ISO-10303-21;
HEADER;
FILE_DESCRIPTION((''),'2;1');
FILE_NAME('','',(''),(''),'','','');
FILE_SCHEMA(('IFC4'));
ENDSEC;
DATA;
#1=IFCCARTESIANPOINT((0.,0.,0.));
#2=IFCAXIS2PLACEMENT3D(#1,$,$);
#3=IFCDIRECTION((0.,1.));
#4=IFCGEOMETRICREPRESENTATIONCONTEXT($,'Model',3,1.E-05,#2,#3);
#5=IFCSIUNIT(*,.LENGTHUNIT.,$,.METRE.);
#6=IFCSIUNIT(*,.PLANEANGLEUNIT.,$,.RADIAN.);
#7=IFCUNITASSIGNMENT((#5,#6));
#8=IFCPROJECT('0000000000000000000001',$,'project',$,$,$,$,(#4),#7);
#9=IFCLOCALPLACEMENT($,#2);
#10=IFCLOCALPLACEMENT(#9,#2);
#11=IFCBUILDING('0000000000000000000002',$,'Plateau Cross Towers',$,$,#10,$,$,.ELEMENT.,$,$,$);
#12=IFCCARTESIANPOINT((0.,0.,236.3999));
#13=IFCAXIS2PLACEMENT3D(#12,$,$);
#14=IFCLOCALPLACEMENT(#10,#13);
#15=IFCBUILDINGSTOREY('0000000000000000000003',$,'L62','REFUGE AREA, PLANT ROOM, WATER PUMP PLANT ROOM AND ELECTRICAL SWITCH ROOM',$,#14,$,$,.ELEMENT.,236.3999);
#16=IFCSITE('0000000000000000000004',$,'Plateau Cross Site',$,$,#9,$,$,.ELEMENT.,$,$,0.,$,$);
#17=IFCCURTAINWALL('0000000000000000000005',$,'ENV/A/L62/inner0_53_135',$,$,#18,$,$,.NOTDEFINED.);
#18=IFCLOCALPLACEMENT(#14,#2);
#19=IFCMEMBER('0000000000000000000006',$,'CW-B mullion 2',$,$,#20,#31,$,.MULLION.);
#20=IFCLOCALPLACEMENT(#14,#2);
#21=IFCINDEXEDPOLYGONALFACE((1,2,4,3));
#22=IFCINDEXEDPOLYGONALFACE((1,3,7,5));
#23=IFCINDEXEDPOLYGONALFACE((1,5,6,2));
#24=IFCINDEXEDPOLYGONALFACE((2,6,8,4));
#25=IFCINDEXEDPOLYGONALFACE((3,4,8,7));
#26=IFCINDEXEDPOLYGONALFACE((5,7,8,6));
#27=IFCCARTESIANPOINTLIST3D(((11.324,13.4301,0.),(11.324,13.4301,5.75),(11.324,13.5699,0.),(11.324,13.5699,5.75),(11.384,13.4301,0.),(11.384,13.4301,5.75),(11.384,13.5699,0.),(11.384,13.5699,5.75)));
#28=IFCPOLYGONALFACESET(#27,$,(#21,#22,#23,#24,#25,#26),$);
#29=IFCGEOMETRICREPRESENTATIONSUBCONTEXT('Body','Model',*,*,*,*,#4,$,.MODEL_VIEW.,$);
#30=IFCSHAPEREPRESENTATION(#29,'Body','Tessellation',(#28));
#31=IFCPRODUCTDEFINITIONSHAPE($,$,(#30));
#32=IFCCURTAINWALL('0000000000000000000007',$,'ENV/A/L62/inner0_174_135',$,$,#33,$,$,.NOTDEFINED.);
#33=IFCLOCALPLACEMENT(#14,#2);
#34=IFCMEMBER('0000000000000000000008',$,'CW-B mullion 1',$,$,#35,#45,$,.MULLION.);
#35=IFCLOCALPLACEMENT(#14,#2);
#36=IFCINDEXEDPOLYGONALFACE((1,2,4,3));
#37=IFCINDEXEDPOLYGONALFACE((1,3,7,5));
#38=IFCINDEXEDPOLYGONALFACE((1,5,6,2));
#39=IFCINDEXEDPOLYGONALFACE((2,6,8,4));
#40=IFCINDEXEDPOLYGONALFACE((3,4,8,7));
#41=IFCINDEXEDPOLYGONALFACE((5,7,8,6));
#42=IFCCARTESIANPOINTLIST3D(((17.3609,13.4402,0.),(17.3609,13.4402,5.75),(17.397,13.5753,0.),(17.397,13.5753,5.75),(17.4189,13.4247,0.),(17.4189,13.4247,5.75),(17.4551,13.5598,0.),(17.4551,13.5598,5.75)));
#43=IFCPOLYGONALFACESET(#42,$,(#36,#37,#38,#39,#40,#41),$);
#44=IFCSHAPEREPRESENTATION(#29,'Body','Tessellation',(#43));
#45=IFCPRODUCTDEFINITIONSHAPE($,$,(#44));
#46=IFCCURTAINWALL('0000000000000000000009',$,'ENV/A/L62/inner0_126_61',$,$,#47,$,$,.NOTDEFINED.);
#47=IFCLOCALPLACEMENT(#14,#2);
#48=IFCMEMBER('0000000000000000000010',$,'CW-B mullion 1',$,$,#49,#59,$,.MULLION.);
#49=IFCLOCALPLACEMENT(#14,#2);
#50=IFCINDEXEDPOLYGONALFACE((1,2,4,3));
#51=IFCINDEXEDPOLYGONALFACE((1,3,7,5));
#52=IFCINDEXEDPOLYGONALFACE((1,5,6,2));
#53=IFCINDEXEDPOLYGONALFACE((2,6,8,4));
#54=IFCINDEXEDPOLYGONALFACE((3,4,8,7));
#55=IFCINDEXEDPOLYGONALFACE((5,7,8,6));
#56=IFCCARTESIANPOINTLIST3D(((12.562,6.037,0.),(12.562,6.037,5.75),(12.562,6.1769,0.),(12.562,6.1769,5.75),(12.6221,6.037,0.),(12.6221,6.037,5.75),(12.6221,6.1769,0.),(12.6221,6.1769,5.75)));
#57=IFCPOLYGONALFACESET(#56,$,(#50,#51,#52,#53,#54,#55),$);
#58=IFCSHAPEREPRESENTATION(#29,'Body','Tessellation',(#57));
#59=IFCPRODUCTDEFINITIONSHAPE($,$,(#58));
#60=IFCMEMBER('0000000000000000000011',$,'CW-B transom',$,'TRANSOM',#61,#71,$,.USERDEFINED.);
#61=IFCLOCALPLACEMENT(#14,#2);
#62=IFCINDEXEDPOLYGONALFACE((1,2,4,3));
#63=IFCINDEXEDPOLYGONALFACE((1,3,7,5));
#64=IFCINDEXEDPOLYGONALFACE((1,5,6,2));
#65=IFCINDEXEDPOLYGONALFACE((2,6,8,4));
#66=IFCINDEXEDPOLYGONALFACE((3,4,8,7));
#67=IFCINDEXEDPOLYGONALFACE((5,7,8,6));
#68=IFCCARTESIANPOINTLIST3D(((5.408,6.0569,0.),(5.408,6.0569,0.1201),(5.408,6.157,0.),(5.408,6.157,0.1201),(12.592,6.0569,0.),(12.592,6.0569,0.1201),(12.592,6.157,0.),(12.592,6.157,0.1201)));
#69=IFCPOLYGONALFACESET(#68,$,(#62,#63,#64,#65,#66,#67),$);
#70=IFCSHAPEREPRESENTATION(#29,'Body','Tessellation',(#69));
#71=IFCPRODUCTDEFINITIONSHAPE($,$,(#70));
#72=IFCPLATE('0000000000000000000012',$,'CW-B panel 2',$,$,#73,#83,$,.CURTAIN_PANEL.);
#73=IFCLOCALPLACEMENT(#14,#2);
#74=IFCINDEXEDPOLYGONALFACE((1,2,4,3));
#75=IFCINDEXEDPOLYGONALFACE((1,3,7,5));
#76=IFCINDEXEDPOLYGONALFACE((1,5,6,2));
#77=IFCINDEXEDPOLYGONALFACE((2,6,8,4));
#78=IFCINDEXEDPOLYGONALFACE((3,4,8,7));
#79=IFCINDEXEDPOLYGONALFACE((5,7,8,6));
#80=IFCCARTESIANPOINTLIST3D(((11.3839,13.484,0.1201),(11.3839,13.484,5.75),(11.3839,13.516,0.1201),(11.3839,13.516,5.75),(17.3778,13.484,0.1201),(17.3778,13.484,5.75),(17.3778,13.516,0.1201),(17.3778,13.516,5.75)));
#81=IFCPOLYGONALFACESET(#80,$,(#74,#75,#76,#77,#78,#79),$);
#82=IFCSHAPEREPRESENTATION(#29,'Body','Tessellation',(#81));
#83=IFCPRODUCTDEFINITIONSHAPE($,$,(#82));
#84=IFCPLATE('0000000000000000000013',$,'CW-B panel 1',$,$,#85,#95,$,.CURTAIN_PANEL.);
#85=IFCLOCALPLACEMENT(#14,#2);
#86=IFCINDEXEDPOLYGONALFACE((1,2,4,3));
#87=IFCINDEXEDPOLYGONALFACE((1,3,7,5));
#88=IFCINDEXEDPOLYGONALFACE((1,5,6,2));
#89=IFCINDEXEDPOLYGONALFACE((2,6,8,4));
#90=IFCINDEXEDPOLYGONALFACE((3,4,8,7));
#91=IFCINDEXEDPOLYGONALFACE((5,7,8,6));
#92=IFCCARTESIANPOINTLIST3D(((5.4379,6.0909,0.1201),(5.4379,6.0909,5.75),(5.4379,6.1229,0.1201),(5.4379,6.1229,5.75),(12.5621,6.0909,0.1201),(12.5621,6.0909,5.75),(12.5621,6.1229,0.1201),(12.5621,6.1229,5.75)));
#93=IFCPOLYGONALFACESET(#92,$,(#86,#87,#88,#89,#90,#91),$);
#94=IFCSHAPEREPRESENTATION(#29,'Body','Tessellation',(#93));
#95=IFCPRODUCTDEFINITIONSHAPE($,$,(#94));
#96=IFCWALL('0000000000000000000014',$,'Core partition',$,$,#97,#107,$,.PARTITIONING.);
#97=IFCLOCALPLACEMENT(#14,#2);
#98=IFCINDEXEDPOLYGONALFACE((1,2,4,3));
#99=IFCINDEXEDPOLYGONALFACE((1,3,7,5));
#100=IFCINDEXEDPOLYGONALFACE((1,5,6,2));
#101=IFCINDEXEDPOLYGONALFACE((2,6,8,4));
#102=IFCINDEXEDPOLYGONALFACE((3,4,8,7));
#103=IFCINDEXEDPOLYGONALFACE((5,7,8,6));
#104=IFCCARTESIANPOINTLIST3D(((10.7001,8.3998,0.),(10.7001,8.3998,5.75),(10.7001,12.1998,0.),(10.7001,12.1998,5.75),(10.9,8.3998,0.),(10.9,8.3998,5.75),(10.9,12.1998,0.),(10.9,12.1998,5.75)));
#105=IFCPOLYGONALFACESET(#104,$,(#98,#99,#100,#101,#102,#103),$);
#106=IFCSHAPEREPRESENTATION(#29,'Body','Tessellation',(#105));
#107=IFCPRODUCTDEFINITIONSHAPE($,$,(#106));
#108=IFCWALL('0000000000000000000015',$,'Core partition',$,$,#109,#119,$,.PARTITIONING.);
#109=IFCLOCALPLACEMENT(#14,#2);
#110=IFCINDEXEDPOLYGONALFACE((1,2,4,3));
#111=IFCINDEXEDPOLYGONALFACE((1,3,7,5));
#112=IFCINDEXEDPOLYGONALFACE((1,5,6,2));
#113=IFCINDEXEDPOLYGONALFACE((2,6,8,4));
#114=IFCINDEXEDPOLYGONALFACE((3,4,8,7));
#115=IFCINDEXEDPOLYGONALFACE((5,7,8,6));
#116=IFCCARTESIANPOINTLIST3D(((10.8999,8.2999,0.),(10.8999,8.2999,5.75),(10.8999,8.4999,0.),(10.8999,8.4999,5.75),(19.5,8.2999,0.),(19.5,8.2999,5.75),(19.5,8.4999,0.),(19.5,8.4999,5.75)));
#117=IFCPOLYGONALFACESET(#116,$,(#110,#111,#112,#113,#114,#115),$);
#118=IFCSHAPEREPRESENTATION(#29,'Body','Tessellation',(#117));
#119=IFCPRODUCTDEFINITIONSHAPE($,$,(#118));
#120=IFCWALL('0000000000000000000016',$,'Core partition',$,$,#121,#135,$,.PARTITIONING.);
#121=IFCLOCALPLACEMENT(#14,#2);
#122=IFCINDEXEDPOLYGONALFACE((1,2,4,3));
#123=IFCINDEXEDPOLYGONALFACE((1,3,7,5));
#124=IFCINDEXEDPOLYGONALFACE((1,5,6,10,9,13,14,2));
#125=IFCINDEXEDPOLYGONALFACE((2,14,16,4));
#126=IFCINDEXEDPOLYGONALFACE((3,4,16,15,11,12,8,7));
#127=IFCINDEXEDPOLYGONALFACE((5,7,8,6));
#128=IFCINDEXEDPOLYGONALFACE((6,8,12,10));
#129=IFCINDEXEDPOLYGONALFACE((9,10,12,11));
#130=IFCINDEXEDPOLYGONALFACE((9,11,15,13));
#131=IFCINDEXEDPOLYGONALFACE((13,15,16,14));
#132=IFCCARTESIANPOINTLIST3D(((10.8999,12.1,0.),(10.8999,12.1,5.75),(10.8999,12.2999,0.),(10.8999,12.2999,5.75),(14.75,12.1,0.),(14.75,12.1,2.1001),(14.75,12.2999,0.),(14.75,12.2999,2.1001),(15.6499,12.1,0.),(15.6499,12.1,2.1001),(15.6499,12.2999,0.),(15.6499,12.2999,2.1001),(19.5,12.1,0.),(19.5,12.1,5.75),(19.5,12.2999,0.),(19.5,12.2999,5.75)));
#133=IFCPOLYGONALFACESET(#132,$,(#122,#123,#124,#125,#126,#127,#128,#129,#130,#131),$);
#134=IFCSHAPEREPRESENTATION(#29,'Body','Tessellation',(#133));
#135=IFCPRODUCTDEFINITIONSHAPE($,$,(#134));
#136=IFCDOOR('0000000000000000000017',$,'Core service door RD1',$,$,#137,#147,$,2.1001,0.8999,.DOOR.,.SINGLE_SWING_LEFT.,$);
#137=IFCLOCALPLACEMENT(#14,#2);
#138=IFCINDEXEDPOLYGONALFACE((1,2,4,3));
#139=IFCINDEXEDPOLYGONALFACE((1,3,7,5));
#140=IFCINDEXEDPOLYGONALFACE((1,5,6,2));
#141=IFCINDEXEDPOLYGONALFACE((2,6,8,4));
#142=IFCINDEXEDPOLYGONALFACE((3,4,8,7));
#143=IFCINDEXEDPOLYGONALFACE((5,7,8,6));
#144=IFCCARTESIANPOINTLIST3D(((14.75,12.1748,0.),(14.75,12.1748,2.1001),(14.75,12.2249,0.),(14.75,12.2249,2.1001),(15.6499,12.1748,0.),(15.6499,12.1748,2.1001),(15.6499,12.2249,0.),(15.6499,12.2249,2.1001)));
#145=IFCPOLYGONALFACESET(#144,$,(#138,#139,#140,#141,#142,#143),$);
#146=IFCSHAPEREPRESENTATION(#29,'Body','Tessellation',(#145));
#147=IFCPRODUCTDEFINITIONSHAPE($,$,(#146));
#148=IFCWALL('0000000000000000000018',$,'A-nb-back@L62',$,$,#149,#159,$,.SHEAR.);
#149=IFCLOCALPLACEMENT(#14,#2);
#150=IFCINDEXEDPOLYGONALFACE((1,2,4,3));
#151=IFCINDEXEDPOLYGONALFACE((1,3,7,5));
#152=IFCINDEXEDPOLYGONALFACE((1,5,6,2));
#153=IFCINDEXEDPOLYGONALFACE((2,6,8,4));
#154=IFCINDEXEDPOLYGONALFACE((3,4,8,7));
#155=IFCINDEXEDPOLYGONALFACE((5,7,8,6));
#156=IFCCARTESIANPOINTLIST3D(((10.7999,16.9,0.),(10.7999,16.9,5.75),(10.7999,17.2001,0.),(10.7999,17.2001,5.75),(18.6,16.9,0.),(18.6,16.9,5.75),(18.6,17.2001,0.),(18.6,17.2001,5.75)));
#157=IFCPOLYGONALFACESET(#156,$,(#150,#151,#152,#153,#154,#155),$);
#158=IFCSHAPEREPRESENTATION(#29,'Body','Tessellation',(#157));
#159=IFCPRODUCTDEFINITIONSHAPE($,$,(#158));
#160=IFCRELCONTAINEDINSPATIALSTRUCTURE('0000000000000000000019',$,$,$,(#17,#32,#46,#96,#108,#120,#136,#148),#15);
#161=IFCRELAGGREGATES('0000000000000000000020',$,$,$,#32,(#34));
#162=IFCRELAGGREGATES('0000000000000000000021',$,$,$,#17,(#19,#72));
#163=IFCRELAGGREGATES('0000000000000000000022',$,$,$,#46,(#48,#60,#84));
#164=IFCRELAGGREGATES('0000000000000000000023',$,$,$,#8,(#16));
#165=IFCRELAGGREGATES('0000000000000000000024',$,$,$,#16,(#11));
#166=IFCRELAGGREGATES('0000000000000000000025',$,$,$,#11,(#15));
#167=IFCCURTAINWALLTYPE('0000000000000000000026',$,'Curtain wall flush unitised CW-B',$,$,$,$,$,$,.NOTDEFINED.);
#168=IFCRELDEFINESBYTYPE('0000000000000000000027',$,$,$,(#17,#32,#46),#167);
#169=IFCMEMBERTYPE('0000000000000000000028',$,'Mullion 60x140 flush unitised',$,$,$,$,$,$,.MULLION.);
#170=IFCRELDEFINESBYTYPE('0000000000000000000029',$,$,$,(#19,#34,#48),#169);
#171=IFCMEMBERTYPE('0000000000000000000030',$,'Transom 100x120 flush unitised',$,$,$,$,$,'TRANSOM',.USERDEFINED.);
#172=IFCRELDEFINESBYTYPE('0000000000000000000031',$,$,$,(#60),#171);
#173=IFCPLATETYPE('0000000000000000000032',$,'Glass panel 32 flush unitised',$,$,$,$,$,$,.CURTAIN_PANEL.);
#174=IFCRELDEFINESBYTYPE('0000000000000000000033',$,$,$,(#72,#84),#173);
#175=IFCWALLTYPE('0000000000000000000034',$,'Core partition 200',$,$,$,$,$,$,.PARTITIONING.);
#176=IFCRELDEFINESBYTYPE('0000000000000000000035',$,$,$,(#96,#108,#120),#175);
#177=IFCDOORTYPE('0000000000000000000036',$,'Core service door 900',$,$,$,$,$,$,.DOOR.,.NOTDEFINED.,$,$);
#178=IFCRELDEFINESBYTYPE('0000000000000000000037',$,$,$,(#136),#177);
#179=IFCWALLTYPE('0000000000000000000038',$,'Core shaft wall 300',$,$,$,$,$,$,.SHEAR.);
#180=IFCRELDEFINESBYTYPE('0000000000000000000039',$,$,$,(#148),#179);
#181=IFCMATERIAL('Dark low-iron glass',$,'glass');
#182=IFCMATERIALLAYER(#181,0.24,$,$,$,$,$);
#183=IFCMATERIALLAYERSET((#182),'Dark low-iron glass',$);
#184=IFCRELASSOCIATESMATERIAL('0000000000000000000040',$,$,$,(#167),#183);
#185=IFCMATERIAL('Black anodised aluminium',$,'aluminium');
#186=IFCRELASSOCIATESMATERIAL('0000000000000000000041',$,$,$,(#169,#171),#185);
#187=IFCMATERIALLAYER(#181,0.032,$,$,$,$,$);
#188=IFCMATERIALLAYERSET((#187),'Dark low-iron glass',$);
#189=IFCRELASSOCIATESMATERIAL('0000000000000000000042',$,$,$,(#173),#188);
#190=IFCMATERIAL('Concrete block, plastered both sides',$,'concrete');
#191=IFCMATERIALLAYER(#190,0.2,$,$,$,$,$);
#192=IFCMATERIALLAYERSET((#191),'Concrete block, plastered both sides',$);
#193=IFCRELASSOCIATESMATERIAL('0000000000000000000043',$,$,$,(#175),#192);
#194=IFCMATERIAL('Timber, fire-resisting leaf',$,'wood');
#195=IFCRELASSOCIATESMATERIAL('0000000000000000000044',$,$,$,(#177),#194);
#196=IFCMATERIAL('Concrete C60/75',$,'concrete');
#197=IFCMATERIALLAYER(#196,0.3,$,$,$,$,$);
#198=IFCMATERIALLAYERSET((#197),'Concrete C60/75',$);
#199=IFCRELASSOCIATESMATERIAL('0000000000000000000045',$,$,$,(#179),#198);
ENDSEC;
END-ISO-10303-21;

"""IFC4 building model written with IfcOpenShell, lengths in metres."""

from ifc_helpers import new_model, si_unit, direction, frame, frame_2d, origin, origin_2d, place, context, subcontext, project, spatial, rectangle, extrude, material, layer, layer_set, material_profile, profile_set, type_object, element, fill, aggregate, save


model = new_model("IFC4")

# Units and contexts
model_context = context("Model", 3, precision=1e-05, world=origin(), true_north=direction((0.0, 1.0)))
body_context = subcontext(model_context, "Body", "Model", "MODEL_VIEW")
ifc_project = project(units=[si_unit("LENGTHUNIT", "METRE"), si_unit("PLANEANGLEUNIT", "RADIAN")], contexts=[model_context])

# Site, building, storey
site_placement = place(None, origin())
site = spatial("IfcSite", under=ifc_project, at=site_placement, Name="Plateau Cross Site", CompositionType="ELEMENT", RefElevation=0.0)
building_placement = place(site_placement, origin())
building = spatial("IfcBuilding", under=site, at=building_placement, Name="Plateau Cross Towers", CompositionType="ELEMENT")
storey_placement = place(building_placement, frame((0.0, 0.0, 236.3999)))
storey = spatial("IfcBuildingStorey", under=building, at=storey_placement, Name="L62", Description="REFUGE AREA, PLANT ROOM, WATER PUMP PLANT ROOM AND ELECTRICAL SWITCH ROOM", CompositionType="ELEMENT", Elevation=236.3999)

# Curtain walls, members
ifc_material_1 = material(Name="Dark low-iron glass", Category="glass")
ifc_layer_1 = layer(ifc_material_1, 0.24)
ifc_layer_set_1 = layer_set([ifc_layer_1], Name="Dark low-iron glass")
curtain_wall_type = type_object("IfcCurtainWallType", Name="Curtain wall flush unitised CW-B", PredefinedType="NOTDEFINED", material=ifc_layer_set_1)
curtain_wall_1_placement = place(storey_placement, origin())
curtain_wall_1 = element("IfcCurtainWall", 1, at=curtain_wall_1_placement, inside=storey, type_object=curtain_wall_type, Name="ENV/A/L62/inner0_53_135", PredefinedType="NOTDEFINED")
ifc_material_2 = material(Name="Black anodised aluminium", Category="aluminium")
ifc_material_profile_1 = material_profile(ifc_material_2, rectangle(XDim=0.0601, YDim=0.1399, at=origin_2d()), Name="MULLION 60x140")
ifc_profile_set_1 = profile_set([ifc_material_profile_1], Name="Black anodised aluminium")
member_type_1 = type_object("IfcMemberType", Name="Mullion 60x140 flush unitised", PredefinedType="MULLION", material=ifc_profile_set_1)
member_1_placement = place(storey_placement, frame((11.354, 13.5, 0.0), z_axis=(0.0, 0.0, 1.0), x_axis=(1.0, 0.0, 0.0)))
member_1 = element("IfcMember", 2, at=member_1_placement, type_object=member_type_1, Name="CW-B mullion 2", PredefinedType="MULLION", context=body_context, shape_type="SweptSolid", body=[
    extrude(rectangle(XDim=0.0601, YDim=0.1399, at=origin_2d()), origin(), (0.0, 0.0, 1.0), 5.75),
])
curtain_wall_2_placement = place(storey_placement, origin())
curtain_wall_2 = element("IfcCurtainWall", 3, at=curtain_wall_2_placement, inside=storey, type_object=curtain_wall_type, Name="ENV/A/L62/inner0_174_135", PredefinedType="NOTDEFINED")
member_2_placement = place(storey_placement, frame((17.408, 13.5, 0.0), z_axis=(0.0, 0.0, 1.0), x_axis=(0.965958, -0.258699, 0.0)))
member_2 = element("IfcMember", 4, at=member_2_placement, type_object=member_type_1, Name="CW-B mullion 1", PredefinedType="MULLION", context=body_context, shape_type="SweptSolid", body=[
    extrude(rectangle(XDim=0.0601, YDim=0.1399, at=origin_2d()), origin(), (0.0, 0.0, 1.0), 5.75),
])
aggregate(curtain_wall_2, [member_2])

# Curtain wall, members
curtain_wall_3_placement = place(storey_placement, origin())
curtain_wall_3 = element("IfcCurtainWall", 5, at=curtain_wall_3_placement, inside=storey, type_object=curtain_wall_type, Name="ENV/A/L62/inner0_126_61", PredefinedType="NOTDEFINED")
member_3_placement = place(storey_placement, frame((12.592, 6.1069, 0.0), z_axis=(0.0, 0.0, 1.0), x_axis=(-1.0, 0.0, 0.0)))
member_3 = element("IfcMember", 6, at=member_3_placement, type_object=member_type_1, Name="CW-B mullion 1", PredefinedType="MULLION", context=body_context, shape_type="SweptSolid", body=[
    extrude(rectangle(XDim=0.0601, YDim=0.1399, at=origin_2d()), origin(), (0.0, 0.0, 1.0), 5.75),
])
ifc_material_profile_2 = material_profile(ifc_material_2, rectangle(XDim=0.1001, YDim=0.1201, at=origin_2d()), Name="TRANSOM 100x120")
ifc_profile_set_2 = profile_set([ifc_material_profile_2], Name="Black anodised aluminium")
member_type_2 = type_object("IfcMemberType", Name="Transom 100x120 flush unitised", ElementType="TRANSOM", PredefinedType="USERDEFINED", material=ifc_profile_set_2)
member_4_placement = place(storey_placement, frame((12.592, 6.1069, 0.0601), z_axis=(-1.0, 0.0, 0.0), x_axis=(0.0, -1.0, 0.0)))
member_4 = element("IfcMember", 7, at=member_4_placement, type_object=member_type_2, Name="CW-B transom", ObjectType="TRANSOM", PredefinedType="USERDEFINED", context=body_context, shape_type="SweptSolid", body=[
    extrude(rectangle(XDim=0.1001, YDim=0.1201, at=origin_2d()), origin(), (0.0, 0.0, 1.0), 7.1841),
])

# Plates
ifc_layer_2 = layer(ifc_material_1, 0.032)
ifc_layer_set_2 = layer_set([ifc_layer_2], Name="Dark low-iron glass")
plate_type = type_object("IfcPlateType", Name="Glass panel 32 flush unitised", PredefinedType="CURTAIN_PANEL", material=ifc_layer_set_2)
plate_1_placement = place(storey_placement, frame((14.3809, 13.5, 0.1201), z_axis=(0.0, 0.0, 1.0), x_axis=(1.0, 0.0, 0.0)))
plate_1 = element("IfcPlate", 8, at=plate_1_placement, type_object=plate_type, Name="CW-B panel 2", PredefinedType="CURTAIN_PANEL", context=body_context, shape_type="SweptSolid", body=[
    extrude(rectangle(XDim=5.9939, YDim=0.032, at=origin_2d()), origin(), (0.0, 0.0, 1.0), 5.6299),
])
aggregate(curtain_wall_1, [member_1, plate_1])
plate_2_placement = place(storey_placement, frame((9.0, 6.1069, 0.1201), z_axis=(0.0, 0.0, 1.0), x_axis=(-1.0, 0.0, 0.0)))
plate_2 = element("IfcPlate", 9, at=plate_2_placement, type_object=plate_type, Name="CW-B panel 1", PredefinedType="CURTAIN_PANEL", context=body_context, shape_type="SweptSolid", body=[
    extrude(rectangle(XDim=7.1243, YDim=0.032, at=origin_2d()), origin(), (0.0, 0.0, 1.0), 5.6299),
])
aggregate(curtain_wall_3, [member_3, member_4, plate_2])

# Walls
ifc_material_3 = material(Name="Concrete block, plastered both sides", Category="concrete")
ifc_layer_3 = layer(ifc_material_3, 0.2)
ifc_layer_set_3 = layer_set([ifc_layer_3], Name="Concrete block, plastered both sides")
wall_type_1 = type_object("IfcWallType", Name="Core partition 200", PredefinedType="PARTITIONING", material=ifc_layer_set_3)
wall_1_placement = place(storey_placement, frame((10.8, 8.3999, 0.0), z_axis=(0.0, 0.0, 1.0), x_axis=(0.0, 1.0, 0.0)))
element("IfcWall", 10, at=wall_1_placement, inside=storey, type_object=wall_type_1, Name="Core partition", PredefinedType="PARTITIONING", context=body_context, shape_type="SweptSolid", body=[
    extrude(rectangle(XDim=3.8, YDim=0.2, at=frame_2d((1.8999, 0.0))), origin(), (0.0, 0.0, 1.0), 5.75),
])
wall_2_placement = place(storey_placement, frame((10.8999, 8.3999, 0.0), z_axis=(0.0, 0.0, 1.0), x_axis=(1.0, 0.0, 0.0)))
element("IfcWall", 11, at=wall_2_placement, inside=storey, type_object=wall_type_1, Name="Core partition", PredefinedType="PARTITIONING", context=body_context, shape_type="SweptSolid", body=[
    extrude(rectangle(XDim=8.6001, YDim=0.2, at=frame_2d((4.3, 0.0))), origin(), (0.0, 0.0, 1.0), 5.75),
])

# Wall, opening, door
wall_3_placement = place(storey_placement, frame((10.8999, 12.2, 0.0), z_axis=(0.0, 0.0, 1.0), x_axis=(1.0, 0.0, 0.0)))
wall_3 = element("IfcWall", 12, at=wall_3_placement, inside=storey, type_object=wall_type_1, Name="Core partition", PredefinedType="PARTITIONING", context=body_context, shape_type="SweptSolid", body=[
    extrude(rectangle(XDim=8.6001, YDim=0.2, at=frame_2d((4.3, 0.0))), origin(), (0.0, 0.0, 1.0), 5.75),
])
opening_1_placement = place(wall_3_placement, frame((3.8501, 0.0, 0.0)))
opening_1 = element("IfcOpeningElement", 13, at=opening_1_placement, cuts=wall_3, PredefinedType="OPENING", context=body_context, shape_type="SweptSolid", body=[
    extrude(rectangle(XDim=0.8999, YDim=2.1001, at=frame_2d((0.45, 1.05))), frame((0.0, 0.1099, 0.0), z_axis=(0.0, -1.0, 0.0), x_axis=(1.0, 0.0, 0.0)), (0.0, 0.0, 1.0), 0.22),
])
ifc_material_4 = material(Name="Timber, fire-resisting leaf", Category="wood")
door_type_1 = type_object("IfcDoorType", Name="Core service door 900", OperationType="NOTDEFINED", PredefinedType="DOOR", material=ifc_material_4)
door_1_placement = place(opening_1_placement, origin())
door_1 = element("IfcDoor", 14, at=door_1_placement, inside=storey, type_object=door_type_1, Name="Core service door RD1", OperationType="SINGLE_SWING_LEFT", OverallHeight=2.1001, OverallWidth=0.8999, PredefinedType="DOOR", context=body_context, shape_type="SweptSolid", body=[
    extrude(rectangle(XDim=0.8999, YDim=2.1001, at=frame_2d((0.45, 1.05))), frame((0.0, 0.0249, 0.0), z_axis=(0.0, -1.0, 0.0), x_axis=(1.0, 0.0, 0.0)), (0.0, 0.0, 1.0), 0.05),
])
fill(opening_1, door_1)

# Wall
ifc_material_5 = material(Name="Concrete C60/75", Category="concrete")
ifc_layer_4 = layer(ifc_material_5, 0.3)
ifc_layer_set_4 = layer_set([ifc_layer_4], Name="Concrete C60/75")
wall_type_2 = type_object("IfcWallType", Name="Core shaft wall 300", PredefinedType="SHEAR", material=ifc_layer_set_4)
wall_4_placement = place(storey_placement, frame((10.8, 17.05, 0.0), z_axis=(0.0, 0.0, 1.0), x_axis=(1.0, 0.0, 0.0)))
element("IfcWall", 15, at=wall_4_placement, inside=storey, type_object=wall_type_2, Name="A-nb-back@L62", PredefinedType="SHEAR", context=body_context, shape_type="SweptSolid", body=[
    extrude(rectangle(XDim=7.8, YDim=0.3, at=frame_2d((3.8999, 0.0))), origin(), (0.0, 0.0, 1.0), 5.75),
])

save(model, "model.ifc")
